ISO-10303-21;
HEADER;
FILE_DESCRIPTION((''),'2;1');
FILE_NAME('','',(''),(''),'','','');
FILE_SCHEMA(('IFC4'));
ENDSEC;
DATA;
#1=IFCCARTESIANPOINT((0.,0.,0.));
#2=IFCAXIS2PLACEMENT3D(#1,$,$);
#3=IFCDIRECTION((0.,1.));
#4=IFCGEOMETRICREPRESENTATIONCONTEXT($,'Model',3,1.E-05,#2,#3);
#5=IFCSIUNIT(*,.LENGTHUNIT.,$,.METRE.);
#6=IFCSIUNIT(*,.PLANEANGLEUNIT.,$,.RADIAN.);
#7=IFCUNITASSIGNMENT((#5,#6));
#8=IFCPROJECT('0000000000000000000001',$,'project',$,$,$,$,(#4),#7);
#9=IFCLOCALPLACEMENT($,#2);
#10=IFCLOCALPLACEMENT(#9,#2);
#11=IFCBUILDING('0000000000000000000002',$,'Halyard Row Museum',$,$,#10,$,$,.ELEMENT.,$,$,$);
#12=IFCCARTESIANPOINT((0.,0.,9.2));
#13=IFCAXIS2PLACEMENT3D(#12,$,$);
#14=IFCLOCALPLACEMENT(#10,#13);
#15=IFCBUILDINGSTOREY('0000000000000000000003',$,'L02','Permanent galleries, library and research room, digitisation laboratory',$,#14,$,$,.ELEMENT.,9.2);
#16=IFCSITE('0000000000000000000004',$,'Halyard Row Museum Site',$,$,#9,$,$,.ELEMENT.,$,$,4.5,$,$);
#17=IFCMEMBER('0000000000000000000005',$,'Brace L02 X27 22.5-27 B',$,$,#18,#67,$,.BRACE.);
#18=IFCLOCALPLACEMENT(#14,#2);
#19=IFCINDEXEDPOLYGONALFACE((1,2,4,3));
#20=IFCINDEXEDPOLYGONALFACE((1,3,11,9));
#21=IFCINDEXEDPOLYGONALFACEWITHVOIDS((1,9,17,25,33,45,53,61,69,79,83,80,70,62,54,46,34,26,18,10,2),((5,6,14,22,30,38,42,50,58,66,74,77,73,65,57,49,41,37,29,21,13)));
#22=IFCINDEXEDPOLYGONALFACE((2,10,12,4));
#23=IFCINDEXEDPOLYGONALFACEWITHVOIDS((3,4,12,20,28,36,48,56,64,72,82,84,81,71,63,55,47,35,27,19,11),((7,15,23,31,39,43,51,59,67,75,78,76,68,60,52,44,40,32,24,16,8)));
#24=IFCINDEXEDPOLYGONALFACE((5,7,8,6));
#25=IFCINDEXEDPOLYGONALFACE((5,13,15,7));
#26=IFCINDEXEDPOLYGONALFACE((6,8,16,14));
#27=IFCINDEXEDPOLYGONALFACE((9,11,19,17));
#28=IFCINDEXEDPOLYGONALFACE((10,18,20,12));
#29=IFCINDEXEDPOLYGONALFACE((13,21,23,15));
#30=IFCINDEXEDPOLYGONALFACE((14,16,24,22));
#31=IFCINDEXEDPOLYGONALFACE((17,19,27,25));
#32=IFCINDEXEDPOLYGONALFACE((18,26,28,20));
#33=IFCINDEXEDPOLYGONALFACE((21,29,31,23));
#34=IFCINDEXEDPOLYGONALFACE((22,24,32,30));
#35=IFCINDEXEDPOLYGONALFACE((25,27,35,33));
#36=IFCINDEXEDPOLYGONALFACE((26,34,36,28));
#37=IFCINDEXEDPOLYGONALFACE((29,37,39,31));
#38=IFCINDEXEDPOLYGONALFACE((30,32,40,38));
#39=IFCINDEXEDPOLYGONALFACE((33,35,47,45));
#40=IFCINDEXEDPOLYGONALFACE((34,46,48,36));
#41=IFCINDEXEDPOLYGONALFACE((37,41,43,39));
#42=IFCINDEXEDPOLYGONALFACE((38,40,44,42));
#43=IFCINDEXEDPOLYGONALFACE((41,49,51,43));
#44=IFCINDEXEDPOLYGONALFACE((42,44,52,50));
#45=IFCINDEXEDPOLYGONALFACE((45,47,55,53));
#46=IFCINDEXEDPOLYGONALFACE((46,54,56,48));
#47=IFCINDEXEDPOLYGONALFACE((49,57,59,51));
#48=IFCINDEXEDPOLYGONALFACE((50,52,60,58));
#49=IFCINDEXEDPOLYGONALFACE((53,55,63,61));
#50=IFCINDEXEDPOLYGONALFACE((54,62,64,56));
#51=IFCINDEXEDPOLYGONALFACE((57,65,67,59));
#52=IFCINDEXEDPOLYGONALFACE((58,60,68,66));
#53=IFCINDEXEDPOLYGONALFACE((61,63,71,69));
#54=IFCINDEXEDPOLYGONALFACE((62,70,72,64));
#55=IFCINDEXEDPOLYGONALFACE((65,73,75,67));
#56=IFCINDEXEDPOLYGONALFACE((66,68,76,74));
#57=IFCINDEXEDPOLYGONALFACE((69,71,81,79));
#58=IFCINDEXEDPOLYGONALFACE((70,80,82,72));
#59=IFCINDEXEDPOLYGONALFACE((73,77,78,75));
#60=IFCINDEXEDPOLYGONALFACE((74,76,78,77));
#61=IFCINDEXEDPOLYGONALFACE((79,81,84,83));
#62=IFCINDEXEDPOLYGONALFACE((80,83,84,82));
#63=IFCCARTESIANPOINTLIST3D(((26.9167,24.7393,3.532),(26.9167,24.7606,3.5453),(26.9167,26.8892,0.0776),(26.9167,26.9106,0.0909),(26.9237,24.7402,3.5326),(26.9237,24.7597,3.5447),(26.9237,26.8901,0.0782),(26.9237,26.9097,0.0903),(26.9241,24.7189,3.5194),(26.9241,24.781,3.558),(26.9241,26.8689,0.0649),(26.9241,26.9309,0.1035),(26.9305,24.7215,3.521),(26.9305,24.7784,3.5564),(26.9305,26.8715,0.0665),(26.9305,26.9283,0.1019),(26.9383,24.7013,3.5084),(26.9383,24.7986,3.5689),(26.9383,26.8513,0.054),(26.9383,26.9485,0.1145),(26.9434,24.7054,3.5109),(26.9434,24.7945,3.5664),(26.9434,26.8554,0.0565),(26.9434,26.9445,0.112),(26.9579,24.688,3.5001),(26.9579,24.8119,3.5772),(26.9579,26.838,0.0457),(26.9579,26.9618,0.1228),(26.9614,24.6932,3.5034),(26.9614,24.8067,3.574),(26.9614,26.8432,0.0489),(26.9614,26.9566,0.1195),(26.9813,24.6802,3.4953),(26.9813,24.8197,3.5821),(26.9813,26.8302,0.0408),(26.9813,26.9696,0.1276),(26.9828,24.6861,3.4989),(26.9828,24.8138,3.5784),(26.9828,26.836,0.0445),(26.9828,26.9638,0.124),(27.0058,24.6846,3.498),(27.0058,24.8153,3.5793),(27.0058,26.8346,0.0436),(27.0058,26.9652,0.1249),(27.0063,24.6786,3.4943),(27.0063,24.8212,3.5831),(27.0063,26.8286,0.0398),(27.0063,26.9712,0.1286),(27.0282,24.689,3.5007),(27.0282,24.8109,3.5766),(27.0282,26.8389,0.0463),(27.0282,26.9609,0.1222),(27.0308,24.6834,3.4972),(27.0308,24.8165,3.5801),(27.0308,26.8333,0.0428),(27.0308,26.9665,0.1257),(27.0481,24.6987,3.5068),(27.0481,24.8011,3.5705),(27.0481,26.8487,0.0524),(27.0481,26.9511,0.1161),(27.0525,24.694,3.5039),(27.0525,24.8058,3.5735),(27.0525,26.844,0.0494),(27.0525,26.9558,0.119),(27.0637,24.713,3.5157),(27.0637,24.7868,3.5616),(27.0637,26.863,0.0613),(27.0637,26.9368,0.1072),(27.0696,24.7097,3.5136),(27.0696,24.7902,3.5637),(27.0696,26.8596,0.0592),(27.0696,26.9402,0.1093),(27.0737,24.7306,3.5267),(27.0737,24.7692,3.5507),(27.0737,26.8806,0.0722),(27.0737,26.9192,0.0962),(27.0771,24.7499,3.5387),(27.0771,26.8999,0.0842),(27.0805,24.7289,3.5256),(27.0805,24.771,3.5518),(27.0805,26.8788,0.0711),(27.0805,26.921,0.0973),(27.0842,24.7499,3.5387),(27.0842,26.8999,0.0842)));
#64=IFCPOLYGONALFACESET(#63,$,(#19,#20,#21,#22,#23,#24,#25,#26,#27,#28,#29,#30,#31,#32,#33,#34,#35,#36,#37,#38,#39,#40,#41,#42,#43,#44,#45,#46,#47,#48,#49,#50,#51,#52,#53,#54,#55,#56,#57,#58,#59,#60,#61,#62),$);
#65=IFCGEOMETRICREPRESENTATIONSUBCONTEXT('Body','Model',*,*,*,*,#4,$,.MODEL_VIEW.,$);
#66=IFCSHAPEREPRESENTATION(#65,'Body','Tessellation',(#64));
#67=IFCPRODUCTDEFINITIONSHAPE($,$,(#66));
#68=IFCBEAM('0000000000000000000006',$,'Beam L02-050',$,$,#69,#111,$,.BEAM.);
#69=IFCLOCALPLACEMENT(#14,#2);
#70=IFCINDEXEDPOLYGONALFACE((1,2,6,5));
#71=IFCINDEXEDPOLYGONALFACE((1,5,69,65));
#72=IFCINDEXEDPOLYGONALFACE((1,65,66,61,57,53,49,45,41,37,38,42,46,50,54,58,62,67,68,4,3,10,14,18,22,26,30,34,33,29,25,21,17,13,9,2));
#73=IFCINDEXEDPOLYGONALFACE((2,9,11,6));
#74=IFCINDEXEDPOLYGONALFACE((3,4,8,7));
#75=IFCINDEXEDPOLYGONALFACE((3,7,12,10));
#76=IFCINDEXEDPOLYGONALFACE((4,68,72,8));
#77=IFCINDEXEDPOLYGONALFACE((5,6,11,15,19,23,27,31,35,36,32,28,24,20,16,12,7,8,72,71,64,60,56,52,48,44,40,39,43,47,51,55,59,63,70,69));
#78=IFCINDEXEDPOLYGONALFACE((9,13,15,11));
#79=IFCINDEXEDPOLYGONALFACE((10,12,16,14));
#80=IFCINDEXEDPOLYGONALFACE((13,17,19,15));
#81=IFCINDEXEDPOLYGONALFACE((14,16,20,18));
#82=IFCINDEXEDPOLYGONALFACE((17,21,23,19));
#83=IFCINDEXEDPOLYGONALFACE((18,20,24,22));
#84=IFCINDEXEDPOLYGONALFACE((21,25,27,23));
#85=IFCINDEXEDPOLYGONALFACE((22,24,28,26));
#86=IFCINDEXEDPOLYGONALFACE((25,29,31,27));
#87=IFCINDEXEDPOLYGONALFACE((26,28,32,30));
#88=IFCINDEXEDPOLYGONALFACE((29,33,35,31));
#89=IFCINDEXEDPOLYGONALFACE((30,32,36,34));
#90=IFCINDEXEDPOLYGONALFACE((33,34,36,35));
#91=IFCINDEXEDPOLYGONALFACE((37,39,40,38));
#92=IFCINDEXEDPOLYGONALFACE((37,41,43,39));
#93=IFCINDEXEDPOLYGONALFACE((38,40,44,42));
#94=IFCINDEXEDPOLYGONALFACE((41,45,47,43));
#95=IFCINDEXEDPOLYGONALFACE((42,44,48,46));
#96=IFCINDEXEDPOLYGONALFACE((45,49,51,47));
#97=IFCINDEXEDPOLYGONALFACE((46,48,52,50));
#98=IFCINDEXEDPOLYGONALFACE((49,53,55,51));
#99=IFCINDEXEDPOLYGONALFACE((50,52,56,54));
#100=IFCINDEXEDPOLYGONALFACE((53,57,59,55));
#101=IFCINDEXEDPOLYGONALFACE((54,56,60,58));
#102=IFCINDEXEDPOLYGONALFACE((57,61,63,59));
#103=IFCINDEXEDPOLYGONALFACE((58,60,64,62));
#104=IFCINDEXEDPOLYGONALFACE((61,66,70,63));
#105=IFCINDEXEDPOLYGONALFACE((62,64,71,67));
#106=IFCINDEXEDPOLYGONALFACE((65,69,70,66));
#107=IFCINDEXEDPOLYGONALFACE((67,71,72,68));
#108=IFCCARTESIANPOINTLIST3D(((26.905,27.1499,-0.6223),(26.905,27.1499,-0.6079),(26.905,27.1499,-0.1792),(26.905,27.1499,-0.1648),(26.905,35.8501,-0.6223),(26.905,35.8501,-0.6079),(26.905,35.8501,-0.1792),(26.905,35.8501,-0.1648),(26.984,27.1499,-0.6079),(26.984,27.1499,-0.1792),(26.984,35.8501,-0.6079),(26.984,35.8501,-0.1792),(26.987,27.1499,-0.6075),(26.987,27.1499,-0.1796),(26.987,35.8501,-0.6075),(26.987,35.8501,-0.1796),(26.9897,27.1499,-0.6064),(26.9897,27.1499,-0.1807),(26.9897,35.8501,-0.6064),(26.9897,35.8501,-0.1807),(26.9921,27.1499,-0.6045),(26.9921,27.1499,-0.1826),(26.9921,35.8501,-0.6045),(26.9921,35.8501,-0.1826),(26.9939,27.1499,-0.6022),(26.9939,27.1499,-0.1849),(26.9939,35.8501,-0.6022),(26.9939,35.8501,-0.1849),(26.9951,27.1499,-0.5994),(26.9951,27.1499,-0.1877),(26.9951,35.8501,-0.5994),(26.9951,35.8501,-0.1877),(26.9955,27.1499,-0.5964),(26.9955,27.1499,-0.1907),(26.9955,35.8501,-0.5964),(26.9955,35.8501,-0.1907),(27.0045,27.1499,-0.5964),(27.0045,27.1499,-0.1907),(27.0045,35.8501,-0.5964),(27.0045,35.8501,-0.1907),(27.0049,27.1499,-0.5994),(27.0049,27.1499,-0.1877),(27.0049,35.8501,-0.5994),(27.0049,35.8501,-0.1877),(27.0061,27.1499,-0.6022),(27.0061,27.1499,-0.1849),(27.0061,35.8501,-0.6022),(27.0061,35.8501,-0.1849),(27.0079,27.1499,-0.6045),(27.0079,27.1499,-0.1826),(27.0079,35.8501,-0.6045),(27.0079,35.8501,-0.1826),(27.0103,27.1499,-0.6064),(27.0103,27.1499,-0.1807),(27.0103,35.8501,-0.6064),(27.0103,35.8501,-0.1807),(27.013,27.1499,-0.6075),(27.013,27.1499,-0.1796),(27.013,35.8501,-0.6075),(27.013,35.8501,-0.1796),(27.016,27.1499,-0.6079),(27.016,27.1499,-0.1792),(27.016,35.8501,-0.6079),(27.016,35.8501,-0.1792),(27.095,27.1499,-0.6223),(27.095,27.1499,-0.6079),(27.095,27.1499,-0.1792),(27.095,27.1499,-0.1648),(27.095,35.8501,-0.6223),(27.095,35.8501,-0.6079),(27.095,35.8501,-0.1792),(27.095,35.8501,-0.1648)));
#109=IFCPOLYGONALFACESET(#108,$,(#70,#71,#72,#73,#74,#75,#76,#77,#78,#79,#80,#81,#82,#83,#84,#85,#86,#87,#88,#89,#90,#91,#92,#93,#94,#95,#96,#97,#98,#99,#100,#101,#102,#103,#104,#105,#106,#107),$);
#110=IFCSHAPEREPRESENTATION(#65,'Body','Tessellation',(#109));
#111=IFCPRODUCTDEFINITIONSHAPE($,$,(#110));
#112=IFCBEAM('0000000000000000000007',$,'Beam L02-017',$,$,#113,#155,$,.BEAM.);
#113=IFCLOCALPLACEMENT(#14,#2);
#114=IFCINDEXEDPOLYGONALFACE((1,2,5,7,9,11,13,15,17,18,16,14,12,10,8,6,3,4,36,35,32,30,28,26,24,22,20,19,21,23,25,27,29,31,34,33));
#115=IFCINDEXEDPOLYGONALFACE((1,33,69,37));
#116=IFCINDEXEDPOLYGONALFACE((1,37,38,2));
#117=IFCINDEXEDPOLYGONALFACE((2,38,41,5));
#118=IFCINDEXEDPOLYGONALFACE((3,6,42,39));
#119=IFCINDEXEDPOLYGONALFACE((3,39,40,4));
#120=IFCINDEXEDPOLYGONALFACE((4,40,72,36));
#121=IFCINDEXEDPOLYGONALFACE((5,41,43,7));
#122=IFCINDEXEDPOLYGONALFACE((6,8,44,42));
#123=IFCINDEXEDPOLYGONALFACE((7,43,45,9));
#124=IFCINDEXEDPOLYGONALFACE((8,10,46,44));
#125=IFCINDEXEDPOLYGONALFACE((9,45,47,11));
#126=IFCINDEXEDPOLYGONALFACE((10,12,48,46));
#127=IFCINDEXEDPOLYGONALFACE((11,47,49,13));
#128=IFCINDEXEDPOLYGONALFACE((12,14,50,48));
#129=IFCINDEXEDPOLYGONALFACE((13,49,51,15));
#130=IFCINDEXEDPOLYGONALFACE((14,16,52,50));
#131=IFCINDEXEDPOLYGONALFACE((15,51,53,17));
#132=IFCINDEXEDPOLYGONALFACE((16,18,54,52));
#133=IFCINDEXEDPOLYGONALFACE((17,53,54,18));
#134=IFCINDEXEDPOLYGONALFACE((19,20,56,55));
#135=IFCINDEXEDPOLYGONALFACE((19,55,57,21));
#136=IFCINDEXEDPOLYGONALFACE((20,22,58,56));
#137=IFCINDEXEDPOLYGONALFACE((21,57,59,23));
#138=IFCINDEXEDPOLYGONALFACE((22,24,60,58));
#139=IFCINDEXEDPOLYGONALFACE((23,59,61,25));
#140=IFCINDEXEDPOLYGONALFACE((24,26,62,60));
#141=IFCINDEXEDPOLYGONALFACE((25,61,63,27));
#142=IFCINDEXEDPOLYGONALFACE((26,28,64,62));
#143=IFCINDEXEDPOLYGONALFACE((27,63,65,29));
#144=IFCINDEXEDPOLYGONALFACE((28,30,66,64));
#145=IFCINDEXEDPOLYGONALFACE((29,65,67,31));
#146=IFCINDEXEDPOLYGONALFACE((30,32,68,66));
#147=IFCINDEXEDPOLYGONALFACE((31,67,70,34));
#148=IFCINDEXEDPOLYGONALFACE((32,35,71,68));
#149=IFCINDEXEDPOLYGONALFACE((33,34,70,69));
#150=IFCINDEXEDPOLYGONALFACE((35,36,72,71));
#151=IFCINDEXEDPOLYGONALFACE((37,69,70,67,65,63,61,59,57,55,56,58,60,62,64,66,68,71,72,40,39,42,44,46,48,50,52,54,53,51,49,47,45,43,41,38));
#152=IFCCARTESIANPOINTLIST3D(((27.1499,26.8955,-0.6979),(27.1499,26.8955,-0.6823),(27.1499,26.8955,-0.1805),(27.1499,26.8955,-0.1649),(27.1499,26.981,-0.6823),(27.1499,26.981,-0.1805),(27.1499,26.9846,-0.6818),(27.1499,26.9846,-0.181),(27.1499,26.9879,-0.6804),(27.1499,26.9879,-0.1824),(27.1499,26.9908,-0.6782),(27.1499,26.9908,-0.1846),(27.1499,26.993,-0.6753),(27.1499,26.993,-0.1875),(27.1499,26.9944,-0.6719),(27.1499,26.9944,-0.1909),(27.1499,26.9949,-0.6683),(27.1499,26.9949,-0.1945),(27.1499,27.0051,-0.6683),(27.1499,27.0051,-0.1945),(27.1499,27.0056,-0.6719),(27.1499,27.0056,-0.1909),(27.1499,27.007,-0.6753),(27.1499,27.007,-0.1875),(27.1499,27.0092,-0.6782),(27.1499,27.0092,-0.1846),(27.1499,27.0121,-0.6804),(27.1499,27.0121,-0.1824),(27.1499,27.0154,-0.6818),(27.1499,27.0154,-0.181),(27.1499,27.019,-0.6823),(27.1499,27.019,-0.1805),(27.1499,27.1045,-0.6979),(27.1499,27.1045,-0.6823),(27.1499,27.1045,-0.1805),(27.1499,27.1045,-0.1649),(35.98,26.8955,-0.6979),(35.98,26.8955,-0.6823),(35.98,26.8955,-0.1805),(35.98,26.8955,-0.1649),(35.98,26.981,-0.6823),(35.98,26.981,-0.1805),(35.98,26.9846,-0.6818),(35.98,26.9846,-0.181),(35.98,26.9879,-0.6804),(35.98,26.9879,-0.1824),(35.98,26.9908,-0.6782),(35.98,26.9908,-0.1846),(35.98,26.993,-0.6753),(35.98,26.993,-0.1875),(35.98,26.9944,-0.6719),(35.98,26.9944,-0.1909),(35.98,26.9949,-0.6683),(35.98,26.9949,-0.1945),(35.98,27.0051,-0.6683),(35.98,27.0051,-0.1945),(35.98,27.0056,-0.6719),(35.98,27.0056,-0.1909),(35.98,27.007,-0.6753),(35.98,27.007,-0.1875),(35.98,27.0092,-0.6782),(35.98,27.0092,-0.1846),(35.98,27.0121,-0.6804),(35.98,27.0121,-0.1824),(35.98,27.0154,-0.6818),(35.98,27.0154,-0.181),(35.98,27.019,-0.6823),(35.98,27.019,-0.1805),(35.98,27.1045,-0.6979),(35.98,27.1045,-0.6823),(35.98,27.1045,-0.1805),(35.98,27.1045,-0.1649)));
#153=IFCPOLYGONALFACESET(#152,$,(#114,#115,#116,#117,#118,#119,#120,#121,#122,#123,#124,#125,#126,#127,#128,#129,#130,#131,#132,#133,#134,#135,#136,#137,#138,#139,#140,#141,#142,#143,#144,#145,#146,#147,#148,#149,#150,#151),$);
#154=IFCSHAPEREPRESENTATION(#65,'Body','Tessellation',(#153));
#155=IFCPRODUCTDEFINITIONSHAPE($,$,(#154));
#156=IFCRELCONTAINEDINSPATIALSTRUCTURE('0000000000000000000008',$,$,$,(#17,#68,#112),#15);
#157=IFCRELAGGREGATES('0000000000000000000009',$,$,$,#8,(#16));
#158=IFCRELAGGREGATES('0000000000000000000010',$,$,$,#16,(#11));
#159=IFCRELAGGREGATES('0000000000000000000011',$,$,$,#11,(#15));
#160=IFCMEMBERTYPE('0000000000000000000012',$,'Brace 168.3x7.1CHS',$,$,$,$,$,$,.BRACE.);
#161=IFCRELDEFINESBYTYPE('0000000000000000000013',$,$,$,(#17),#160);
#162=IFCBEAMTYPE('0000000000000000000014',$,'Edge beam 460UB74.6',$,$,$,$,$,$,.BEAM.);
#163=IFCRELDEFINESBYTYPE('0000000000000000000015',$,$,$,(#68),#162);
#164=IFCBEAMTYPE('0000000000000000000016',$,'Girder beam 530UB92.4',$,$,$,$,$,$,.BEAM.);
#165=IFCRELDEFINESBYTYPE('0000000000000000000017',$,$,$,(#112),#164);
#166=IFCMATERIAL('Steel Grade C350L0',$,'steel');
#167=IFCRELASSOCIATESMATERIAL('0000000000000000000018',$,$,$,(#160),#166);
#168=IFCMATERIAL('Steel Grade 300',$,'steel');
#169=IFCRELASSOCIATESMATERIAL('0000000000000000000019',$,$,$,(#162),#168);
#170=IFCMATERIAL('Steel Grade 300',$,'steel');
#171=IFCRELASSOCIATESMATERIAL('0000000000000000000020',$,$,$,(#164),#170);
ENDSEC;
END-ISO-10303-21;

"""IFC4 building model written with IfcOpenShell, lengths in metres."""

from ifc_helpers import new_model, si_unit, direction, frame, origin, origin_2d, place, context, subcontext, project, spatial, hollow_circle, i_section, extrude, material, material_profile, profile_set, type_object, element, save


model = new_model("IFC4")

# Units and contexts
model_context = context("Model", 3, precision=1e-05, world=origin(), true_north=direction((0.0, 1.0)))
body_context = subcontext(model_context, "Body", "Model", "MODEL_VIEW")
ifc_project = project(units=[si_unit("LENGTHUNIT", "METRE"), si_unit("PLANEANGLEUNIT", "RADIAN")], contexts=[model_context])

# Site, building, storey
site_placement = place(None, origin())
site = spatial("IfcSite", under=ifc_project, at=site_placement, Name="Halyard Row Museum Site", CompositionType="ELEMENT", RefElevation=4.5)
building_placement = place(site_placement, origin())
building = spatial("IfcBuilding", under=site, at=building_placement, Name="Halyard Row Museum", CompositionType="ELEMENT")
storey_placement = place(building_placement, frame((0.0, 0.0, 9.2)))
storey = spatial("IfcBuildingStorey", under=building, at=storey_placement, Name="L02", Description="Permanent galleries, library and research room, digitisation laboratory", CompositionType="ELEMENT", Elevation=9.2)

# Member
ifc_material_1 = material(Name="Steel Grade C350L0", Category="steel")
ifc_material_profile_1 = material_profile(ifc_material_1, hollow_circle(Radius=0.0842, WallThickness=0.0071, at=origin_2d()), Name="168.3x7.1CHS")
ifc_profile_set_1 = profile_set([ifc_material_profile_1], Name="Steel Grade C350L0")
member_type = type_object("IfcMemberType", Name="Brace 168.3x7.1CHS", PredefinedType="BRACE", material=ifc_profile_set_1)
member_placement = place(storey_placement, frame((27.0, 26.8999, 0.0842), z_axis=(0.0, -0.528396, 0.848998), x_axis=(1.0, 0.0, 0.0)))
element("IfcMember", 1, at=member_placement, inside=storey, type_object=member_type, Name="Brace L02 X27 22.5-27 B", PredefinedType="BRACE", context=body_context, shape_type="SweptSolid", body=[
    extrude(hollow_circle(Radius=0.0842, WallThickness=0.0071, at=origin_2d()), origin(), (0.0, 0.0, 1.0), 4.0688),
])

# Beams
ifc_material_2 = material(Name="Steel Grade 300", Category="steel")
ifc_material_profile_2 = material_profile(ifc_material_2, i_section(OverallWidth=0.1899, OverallDepth=0.4575, WebThickness=0.009, FlangeThickness=0.0144, FilletRadius=0.0115, at=origin_2d()), Name="460UB74.6")
ifc_profile_set_2 = profile_set([ifc_material_profile_2], Name="Steel Grade 300")
beam_type_1 = type_object("IfcBeamType", Name="Edge beam 460UB74.6", PredefinedType="BEAM", material=ifc_profile_set_2)
beam_1_placement = place(storey_placement, frame((27.0, 27.1499, -0.3936), z_axis=(0.0, 1.0, 0.0), x_axis=(-1.0, 0.0, 0.0)))
element("IfcBeam", 2, at=beam_1_placement, inside=storey, type_object=beam_type_1, Name="Beam L02-050", PredefinedType="BEAM", context=body_context, shape_type="SweptSolid", body=[
    extrude(i_section(OverallWidth=0.1899, OverallDepth=0.4575, WebThickness=0.009, FlangeThickness=0.0144, FilletRadius=0.0115, at=origin_2d()), origin(), (0.0, 0.0, 1.0), 8.7002),
])
ifc_material_3 = material(Name="Steel Grade 300", Category="steel")
ifc_material_profile_3 = material_profile(ifc_material_3, i_section(OverallWidth=0.209, OverallDepth=0.533, WebThickness=0.0103, FlangeThickness=0.0156, FilletRadius=0.0139, at=origin_2d()), Name="530UB92.4")
ifc_profile_set_3 = profile_set([ifc_material_profile_3], Name="Steel Grade 300")
beam_type_2 = type_object("IfcBeamType", Name="Girder beam 530UB92.4", PredefinedType="BEAM", material=ifc_profile_set_3)
beam_2_placement = place(storey_placement, frame((27.1499, 27.0, -0.4314), z_axis=(1.0, 0.0, 0.0), x_axis=(0.0, 1.0, 0.0)))
element("IfcBeam", 3, at=beam_2_placement, inside=storey, type_object=beam_type_2, Name="Beam L02-017", PredefinedType="BEAM", context=body_context, shape_type="SweptSolid", body=[
    extrude(i_section(OverallWidth=0.209, OverallDepth=0.533, WebThickness=0.0103, FlangeThickness=0.0156, FilletRadius=0.0139, at=origin_2d()), origin(), (0.0, 0.0, 1.0), 8.8301),
])

save(model, "model.ifc")
